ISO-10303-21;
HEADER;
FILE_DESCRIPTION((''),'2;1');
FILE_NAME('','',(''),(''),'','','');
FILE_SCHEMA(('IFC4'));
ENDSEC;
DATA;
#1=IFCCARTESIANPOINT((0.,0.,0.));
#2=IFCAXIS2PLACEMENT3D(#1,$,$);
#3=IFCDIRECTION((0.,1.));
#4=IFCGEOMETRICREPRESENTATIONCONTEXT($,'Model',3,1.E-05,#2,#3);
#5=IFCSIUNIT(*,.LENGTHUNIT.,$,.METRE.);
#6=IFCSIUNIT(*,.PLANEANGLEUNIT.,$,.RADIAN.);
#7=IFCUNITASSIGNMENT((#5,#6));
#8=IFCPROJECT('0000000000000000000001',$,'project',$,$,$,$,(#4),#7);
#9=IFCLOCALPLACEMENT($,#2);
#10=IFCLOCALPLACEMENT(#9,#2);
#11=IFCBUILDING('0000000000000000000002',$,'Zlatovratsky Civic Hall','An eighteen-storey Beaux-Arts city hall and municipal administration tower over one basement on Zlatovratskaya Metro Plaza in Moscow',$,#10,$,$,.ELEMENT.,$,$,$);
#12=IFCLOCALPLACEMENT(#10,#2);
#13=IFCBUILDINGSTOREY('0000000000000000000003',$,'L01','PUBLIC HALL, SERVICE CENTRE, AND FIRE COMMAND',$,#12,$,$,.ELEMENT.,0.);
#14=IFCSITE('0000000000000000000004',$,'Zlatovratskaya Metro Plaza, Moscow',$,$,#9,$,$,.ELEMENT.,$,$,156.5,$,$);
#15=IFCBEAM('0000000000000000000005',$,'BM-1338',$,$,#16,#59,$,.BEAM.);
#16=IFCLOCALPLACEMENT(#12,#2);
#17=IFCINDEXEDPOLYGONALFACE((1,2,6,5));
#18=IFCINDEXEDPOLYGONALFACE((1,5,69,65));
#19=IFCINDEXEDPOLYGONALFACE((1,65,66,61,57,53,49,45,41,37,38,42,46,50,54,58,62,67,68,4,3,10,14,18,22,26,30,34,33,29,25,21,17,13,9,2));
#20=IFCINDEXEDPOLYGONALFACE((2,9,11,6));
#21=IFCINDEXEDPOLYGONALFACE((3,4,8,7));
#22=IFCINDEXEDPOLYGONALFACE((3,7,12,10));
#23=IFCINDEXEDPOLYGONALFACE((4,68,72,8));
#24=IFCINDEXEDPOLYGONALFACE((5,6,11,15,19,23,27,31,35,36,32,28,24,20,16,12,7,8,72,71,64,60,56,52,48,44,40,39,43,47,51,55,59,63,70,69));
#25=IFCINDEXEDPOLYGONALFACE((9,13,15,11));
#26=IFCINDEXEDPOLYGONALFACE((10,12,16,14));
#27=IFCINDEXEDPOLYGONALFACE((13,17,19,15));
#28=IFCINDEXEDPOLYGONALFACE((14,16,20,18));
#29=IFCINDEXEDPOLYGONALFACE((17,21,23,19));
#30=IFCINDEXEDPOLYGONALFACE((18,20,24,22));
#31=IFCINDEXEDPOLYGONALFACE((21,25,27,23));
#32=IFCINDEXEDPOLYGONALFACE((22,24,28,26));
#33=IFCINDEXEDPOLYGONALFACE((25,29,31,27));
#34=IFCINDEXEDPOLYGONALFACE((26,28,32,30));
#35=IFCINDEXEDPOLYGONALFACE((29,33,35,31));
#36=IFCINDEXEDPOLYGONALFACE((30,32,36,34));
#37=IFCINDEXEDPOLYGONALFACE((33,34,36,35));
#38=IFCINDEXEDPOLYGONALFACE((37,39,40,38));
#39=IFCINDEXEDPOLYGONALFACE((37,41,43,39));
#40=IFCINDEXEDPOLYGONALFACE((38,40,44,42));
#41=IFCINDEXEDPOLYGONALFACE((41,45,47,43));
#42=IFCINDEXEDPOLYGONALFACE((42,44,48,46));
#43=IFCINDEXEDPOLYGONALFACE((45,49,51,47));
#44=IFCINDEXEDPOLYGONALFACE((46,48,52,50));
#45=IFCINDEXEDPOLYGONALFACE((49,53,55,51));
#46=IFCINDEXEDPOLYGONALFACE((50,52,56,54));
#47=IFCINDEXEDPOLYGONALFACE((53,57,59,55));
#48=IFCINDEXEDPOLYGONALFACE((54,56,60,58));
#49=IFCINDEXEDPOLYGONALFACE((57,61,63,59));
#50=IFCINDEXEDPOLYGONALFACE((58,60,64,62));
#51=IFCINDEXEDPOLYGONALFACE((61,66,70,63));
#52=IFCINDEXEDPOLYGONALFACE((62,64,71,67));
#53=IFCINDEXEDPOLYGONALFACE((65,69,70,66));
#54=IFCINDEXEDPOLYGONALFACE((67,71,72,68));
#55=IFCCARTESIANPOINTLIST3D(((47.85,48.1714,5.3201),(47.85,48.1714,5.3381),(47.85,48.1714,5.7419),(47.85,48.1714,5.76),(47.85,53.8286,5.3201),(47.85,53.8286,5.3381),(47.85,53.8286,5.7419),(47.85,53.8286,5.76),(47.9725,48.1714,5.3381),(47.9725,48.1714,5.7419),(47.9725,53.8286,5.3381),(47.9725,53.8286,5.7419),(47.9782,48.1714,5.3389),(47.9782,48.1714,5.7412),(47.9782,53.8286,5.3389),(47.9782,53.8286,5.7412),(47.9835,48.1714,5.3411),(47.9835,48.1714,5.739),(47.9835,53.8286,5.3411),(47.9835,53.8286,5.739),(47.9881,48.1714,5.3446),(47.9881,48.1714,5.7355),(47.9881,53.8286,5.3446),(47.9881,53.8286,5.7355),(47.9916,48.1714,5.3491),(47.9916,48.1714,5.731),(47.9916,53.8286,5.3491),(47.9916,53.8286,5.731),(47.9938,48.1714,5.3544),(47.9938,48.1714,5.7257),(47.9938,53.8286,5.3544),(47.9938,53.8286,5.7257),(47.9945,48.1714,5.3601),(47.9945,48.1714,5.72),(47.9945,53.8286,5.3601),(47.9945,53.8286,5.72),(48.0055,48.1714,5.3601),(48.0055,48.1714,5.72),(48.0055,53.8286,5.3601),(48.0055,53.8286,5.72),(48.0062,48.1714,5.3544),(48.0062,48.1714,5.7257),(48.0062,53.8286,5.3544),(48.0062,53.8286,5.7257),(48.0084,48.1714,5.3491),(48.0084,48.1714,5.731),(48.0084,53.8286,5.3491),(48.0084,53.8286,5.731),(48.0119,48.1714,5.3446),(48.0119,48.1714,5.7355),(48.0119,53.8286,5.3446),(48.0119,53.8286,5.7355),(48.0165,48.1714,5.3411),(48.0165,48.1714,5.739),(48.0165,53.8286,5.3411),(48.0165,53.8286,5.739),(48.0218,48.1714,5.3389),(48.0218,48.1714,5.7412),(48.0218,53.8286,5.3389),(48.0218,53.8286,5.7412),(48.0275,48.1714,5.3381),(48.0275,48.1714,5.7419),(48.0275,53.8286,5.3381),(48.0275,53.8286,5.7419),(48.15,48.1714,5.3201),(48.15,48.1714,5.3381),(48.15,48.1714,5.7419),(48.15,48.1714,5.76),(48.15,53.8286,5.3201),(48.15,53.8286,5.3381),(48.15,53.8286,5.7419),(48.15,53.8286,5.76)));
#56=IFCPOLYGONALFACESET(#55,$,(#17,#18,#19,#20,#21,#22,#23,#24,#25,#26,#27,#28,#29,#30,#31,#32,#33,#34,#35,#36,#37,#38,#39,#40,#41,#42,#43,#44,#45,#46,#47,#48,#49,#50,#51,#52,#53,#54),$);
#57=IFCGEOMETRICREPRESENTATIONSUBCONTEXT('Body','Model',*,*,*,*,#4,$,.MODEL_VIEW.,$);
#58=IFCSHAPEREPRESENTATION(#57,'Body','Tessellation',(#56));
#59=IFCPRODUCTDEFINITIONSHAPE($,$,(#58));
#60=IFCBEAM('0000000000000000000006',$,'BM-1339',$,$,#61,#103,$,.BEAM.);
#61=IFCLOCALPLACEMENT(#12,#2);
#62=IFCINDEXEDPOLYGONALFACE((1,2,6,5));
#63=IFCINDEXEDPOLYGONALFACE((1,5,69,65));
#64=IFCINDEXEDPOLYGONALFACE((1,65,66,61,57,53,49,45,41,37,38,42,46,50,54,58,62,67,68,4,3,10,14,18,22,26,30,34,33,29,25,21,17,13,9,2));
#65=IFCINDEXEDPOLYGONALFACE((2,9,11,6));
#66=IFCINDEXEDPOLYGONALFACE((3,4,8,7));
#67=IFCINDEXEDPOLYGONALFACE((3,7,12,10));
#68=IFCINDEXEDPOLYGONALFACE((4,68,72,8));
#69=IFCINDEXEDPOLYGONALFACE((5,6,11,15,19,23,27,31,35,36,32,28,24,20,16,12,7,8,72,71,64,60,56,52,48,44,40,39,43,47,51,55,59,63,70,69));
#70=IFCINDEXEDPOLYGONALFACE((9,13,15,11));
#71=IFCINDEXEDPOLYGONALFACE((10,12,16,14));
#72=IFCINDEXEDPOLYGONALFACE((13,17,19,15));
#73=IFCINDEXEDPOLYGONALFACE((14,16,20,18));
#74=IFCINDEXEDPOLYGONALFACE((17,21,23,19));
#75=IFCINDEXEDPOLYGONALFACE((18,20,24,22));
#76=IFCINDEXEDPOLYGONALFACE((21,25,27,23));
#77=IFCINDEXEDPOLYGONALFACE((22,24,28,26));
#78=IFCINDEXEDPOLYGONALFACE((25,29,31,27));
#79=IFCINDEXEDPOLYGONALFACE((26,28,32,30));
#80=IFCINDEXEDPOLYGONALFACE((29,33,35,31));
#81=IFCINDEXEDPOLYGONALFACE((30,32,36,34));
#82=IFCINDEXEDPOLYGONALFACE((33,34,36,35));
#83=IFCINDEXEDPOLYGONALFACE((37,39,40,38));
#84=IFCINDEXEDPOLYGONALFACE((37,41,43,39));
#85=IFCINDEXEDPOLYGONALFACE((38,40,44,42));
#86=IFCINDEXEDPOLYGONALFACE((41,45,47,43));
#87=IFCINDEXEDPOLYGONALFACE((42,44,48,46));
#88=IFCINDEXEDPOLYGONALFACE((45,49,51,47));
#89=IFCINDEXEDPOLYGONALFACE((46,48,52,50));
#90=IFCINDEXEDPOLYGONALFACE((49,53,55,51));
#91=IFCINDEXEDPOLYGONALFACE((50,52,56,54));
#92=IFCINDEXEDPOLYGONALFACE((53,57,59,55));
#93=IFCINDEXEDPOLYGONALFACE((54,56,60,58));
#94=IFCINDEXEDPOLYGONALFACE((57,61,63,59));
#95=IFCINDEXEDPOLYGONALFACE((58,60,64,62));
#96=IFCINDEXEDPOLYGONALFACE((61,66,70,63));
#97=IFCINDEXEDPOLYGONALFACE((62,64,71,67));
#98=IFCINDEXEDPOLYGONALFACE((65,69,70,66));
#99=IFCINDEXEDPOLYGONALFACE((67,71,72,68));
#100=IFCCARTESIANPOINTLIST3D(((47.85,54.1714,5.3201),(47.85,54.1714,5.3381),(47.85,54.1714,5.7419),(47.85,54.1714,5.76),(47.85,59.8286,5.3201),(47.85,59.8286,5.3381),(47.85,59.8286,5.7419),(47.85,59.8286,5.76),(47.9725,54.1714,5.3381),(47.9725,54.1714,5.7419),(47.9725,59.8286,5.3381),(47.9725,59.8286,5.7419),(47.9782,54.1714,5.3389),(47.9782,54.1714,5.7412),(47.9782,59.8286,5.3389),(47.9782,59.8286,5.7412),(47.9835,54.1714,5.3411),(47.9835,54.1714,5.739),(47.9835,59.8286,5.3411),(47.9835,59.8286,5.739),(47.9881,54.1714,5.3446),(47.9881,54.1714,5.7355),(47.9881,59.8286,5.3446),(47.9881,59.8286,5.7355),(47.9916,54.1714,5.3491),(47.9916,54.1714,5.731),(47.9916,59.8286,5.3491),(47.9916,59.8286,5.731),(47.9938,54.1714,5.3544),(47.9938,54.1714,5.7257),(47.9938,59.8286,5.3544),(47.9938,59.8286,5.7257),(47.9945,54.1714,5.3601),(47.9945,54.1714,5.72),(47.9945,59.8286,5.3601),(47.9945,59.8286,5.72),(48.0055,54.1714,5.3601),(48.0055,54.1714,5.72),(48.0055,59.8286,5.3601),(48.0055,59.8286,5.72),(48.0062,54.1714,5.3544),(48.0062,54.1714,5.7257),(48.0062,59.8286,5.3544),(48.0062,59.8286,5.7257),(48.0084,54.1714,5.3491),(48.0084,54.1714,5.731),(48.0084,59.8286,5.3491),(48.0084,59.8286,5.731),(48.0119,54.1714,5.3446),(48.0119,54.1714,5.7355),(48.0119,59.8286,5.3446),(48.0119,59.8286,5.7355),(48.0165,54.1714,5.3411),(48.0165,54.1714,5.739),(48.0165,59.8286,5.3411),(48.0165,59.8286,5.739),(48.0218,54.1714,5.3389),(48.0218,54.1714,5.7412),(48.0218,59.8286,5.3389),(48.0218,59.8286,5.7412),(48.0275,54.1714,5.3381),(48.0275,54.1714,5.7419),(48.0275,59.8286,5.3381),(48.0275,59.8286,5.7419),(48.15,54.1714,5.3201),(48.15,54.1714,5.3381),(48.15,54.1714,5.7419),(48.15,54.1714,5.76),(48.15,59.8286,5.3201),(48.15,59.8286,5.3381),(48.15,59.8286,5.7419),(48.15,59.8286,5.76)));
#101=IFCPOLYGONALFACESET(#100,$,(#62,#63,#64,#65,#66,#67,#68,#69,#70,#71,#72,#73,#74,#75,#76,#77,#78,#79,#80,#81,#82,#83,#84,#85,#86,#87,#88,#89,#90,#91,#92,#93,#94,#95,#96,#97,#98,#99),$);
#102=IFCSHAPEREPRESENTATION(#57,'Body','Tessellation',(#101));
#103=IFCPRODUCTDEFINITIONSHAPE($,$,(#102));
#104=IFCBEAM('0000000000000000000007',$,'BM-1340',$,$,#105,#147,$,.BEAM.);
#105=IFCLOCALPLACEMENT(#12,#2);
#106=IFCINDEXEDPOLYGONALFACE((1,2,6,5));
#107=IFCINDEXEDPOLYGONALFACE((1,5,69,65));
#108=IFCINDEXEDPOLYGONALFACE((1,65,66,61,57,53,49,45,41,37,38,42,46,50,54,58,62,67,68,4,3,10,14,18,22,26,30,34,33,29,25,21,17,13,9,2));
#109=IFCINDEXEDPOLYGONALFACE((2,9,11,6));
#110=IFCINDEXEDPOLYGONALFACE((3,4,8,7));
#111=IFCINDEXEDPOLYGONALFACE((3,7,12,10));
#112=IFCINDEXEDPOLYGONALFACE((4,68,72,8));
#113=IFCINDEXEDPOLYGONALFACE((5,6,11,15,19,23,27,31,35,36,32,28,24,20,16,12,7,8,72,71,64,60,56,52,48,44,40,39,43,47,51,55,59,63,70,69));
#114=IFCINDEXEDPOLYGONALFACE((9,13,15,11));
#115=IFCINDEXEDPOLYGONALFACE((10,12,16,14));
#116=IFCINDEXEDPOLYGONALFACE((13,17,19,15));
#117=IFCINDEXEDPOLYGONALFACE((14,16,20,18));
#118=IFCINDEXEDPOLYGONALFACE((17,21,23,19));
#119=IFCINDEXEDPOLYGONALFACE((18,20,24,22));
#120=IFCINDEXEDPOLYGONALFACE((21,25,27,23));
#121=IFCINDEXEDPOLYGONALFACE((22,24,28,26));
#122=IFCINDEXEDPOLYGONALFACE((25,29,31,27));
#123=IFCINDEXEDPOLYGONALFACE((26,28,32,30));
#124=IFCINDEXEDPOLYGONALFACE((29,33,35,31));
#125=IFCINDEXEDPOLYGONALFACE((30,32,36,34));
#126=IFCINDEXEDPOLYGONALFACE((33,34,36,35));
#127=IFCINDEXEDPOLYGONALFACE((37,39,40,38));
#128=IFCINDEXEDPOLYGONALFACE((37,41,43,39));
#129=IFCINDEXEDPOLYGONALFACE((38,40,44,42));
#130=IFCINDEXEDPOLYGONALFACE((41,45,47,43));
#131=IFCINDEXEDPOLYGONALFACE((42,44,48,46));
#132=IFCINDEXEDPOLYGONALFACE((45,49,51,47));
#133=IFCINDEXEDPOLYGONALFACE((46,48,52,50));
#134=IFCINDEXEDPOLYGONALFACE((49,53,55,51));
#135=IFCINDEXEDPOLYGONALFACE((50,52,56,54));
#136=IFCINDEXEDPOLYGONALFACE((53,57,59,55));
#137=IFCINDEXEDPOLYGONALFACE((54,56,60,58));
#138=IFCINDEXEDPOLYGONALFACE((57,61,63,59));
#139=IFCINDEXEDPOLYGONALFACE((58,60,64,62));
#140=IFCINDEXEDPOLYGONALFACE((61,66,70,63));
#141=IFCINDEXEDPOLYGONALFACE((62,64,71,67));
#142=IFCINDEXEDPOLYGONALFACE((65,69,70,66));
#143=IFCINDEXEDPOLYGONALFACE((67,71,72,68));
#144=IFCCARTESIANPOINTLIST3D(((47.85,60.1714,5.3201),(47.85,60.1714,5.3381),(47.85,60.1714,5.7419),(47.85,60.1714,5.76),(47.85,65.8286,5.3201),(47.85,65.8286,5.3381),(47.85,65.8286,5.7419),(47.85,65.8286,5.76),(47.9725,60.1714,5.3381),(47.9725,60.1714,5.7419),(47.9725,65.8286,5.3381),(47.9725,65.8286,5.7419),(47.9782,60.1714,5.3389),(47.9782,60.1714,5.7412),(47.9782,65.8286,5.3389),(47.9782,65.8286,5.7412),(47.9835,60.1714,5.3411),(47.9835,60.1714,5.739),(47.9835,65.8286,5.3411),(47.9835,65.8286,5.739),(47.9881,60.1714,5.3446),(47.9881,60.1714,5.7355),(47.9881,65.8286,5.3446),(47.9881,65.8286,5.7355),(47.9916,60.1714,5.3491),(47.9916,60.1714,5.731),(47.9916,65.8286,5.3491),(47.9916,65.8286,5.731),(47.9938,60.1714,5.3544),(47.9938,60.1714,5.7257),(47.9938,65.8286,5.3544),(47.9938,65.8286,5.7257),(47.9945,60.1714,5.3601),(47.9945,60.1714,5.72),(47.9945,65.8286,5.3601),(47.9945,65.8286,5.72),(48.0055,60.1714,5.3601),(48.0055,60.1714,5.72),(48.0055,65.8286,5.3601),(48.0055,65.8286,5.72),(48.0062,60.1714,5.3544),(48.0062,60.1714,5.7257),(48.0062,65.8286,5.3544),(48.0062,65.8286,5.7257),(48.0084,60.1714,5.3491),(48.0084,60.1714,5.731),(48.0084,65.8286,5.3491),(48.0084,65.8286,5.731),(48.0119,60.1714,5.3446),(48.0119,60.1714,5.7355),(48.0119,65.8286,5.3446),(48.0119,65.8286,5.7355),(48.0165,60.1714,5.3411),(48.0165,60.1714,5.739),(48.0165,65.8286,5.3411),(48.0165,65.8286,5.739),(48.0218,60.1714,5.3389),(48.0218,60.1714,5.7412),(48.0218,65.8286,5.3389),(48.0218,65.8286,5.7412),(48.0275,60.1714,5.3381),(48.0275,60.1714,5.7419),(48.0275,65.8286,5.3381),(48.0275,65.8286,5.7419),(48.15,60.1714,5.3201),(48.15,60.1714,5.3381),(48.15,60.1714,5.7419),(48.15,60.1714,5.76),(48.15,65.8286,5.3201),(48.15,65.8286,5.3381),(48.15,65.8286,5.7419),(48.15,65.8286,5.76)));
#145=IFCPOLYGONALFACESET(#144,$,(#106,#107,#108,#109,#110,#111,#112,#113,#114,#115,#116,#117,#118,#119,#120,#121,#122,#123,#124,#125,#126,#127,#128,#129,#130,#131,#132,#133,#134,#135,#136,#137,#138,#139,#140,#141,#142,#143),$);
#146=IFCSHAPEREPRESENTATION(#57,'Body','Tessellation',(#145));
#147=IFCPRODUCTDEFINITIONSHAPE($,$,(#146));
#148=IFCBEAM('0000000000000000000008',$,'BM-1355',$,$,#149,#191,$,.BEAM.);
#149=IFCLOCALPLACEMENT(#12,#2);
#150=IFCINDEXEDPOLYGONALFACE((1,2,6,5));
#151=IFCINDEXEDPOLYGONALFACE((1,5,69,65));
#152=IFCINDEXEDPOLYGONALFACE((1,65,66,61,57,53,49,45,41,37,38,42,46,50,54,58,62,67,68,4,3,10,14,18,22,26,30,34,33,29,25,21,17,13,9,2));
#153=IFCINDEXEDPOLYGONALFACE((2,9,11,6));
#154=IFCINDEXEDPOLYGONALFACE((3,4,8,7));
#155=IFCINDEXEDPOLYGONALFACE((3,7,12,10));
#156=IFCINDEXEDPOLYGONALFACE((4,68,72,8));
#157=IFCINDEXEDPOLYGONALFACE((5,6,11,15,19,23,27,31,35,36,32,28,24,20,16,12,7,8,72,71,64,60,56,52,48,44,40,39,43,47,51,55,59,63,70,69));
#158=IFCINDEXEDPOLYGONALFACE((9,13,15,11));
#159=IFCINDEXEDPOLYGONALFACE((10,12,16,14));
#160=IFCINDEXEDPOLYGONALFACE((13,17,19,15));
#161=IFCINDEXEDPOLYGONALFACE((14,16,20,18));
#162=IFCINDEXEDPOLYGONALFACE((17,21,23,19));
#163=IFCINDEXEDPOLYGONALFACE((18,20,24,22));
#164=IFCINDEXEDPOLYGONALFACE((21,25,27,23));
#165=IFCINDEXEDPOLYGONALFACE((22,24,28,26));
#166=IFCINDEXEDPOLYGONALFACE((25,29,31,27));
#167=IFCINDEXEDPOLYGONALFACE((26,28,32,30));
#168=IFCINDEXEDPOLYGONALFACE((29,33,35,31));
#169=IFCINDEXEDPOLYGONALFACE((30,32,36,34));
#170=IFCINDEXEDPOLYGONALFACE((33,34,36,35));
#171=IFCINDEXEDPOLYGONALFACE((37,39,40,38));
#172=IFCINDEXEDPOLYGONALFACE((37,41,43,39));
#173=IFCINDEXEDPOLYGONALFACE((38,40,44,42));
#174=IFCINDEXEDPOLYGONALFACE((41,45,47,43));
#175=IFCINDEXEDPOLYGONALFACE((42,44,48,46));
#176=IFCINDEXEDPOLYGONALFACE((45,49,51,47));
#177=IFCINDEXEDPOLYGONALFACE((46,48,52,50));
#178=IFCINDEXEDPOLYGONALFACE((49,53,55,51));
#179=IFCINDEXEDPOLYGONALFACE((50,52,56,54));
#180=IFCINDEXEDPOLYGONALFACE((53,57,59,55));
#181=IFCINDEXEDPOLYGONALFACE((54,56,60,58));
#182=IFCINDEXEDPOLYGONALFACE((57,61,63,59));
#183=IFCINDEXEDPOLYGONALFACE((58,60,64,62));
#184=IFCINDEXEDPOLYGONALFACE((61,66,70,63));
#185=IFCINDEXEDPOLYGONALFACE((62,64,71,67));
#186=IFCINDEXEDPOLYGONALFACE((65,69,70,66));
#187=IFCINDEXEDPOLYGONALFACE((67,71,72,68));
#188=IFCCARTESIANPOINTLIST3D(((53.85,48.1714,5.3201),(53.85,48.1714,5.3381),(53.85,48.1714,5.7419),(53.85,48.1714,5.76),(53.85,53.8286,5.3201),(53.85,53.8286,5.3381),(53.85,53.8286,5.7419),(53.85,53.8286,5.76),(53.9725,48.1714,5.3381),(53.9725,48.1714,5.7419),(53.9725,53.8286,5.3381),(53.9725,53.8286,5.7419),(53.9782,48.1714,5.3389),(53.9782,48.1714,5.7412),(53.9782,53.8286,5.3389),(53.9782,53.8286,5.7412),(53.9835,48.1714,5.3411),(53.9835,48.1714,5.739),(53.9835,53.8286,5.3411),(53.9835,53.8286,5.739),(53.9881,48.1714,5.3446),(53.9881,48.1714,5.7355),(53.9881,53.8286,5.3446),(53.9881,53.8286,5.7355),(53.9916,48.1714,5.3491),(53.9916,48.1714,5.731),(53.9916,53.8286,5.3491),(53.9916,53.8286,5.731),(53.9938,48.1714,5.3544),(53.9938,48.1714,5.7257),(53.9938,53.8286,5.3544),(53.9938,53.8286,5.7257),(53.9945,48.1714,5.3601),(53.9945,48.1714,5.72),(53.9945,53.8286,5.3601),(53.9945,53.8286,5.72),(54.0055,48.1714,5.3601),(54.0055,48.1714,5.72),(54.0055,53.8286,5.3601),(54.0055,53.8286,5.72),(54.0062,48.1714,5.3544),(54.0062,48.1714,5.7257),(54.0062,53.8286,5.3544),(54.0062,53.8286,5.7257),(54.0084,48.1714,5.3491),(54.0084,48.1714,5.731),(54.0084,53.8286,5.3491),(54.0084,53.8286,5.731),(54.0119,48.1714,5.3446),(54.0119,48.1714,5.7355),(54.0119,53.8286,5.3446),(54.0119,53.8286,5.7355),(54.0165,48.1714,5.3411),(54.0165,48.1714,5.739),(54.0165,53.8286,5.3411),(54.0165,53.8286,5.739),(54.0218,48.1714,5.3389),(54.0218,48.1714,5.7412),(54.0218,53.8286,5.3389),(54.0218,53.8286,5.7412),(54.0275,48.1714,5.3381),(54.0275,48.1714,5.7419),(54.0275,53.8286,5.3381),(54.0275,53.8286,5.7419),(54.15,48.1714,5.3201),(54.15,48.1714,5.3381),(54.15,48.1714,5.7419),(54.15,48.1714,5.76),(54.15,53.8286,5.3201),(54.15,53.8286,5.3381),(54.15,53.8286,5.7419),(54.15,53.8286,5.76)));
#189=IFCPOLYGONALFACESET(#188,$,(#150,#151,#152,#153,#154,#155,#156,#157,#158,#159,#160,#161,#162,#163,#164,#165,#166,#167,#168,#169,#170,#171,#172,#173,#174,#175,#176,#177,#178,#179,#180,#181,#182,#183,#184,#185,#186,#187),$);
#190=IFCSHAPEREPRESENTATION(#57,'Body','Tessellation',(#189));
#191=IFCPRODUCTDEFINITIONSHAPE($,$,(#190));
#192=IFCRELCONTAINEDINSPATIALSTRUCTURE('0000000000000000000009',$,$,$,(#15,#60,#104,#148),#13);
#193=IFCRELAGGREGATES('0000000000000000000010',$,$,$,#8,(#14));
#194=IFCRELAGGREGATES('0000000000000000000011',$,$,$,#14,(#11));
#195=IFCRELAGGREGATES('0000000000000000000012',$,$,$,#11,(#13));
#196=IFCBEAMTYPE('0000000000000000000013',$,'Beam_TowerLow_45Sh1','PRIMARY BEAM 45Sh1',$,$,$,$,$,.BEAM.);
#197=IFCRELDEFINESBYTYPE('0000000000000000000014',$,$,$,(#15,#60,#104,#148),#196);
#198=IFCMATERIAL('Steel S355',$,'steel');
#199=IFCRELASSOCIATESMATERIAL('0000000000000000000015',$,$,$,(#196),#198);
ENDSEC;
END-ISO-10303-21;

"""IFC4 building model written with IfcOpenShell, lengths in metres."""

from ifc_helpers import new_model, si_unit, direction, frame, origin, origin_2d, place, context, subcontext, project, spatial, i_section, extrude, material, material_profile, profile_set, type_object, element, save


model = new_model("IFC4")

# Units and contexts
model_context = context("Model", 3, precision=1e-05, world=origin(), true_north=direction((0.0, 1.0)))
body_context = subcontext(model_context, "Body", "Model", "MODEL_VIEW")
ifc_project = project(units=[si_unit("LENGTHUNIT", "METRE"), si_unit("PLANEANGLEUNIT", "RADIAN")], contexts=[model_context])

# Site, building, storey
site_placement = place(None, origin())
site = spatial("IfcSite", under=ifc_project, at=site_placement, Name="Zlatovratskaya Metro Plaza, Moscow", CompositionType="ELEMENT", RefElevation=156.5)
building_placement = place(site_placement, origin())
building = spatial("IfcBuilding", under=site, at=building_placement, Name="Zlatovratsky Civic Hall", Description="An eighteen-storey Beaux-Arts city hall and municipal administration tower over one basement on Zlatovratskaya Metro Plaza in Moscow", CompositionType="ELEMENT")
storey_placement = place(building_placement, origin())
storey = spatial("IfcBuildingStorey", under=building, at=storey_placement, Name="L01", Description="PUBLIC HALL, SERVICE CENTRE, AND FIRE COMMAND", CompositionType="ELEMENT", Elevation=0.0)

# Shared definitions
ifc_material_1 = material(Name="Steel S355", Category="steel")

# Beams
ifc_material_profile_1 = material_profile(ifc_material_1, i_section(OverallWidth=0.3, OverallDepth=0.4399, WebThickness=0.011, FlangeThickness=0.0181, FilletRadius=0.022, at=origin_2d()), Name="45Sh1")
ifc_profile_set_1 = profile_set([ifc_material_profile_1], Name="Steel S355")
beam_type_1 = type_object("IfcBeamType", Name="Beam_TowerLow_45Sh1", Description="PRIMARY BEAM 45Sh1", PredefinedType="BEAM", material=ifc_profile_set_1)
for number, where, z_axis, x_axis, name in (
    (1, (48.0, 48.1714, 5.54), (0.0, 1.0, 0.0), (-1.0, 0.0, 0.0), "BM-1338"),
    (2, (48.0, 54.1714, 5.54), (0.0, 1.0, 0.0), (-1.0, 0.0, 0.0), "BM-1339"),
    (3, (48.0, 60.1714, 5.54), (0.0, 1.0, 0.0), (-1.0, 0.0, 0.0), "BM-1340"),
    (4, (54.0, 48.1714, 5.54), (0.0, 1.0, 0.0), (-1.0, 0.0, 0.0), "BM-1355"),
):
    element("IfcBeam", number, at=place(storey_placement, frame(where, z_axis=z_axis, x_axis=x_axis)), inside=storey, type_object=beam_type_1, Name=name, PredefinedType="BEAM", context=body_context, shape_type="SweptSolid", body=[
        extrude(i_section(OverallWidth=0.3, OverallDepth=0.4399, WebThickness=0.011, FlangeThickness=0.0181, FilletRadius=0.022, at=origin_2d()), origin(), (0.0, 0.0, 1.0), 5.6572),
    ])

save(model, "model.ifc")
